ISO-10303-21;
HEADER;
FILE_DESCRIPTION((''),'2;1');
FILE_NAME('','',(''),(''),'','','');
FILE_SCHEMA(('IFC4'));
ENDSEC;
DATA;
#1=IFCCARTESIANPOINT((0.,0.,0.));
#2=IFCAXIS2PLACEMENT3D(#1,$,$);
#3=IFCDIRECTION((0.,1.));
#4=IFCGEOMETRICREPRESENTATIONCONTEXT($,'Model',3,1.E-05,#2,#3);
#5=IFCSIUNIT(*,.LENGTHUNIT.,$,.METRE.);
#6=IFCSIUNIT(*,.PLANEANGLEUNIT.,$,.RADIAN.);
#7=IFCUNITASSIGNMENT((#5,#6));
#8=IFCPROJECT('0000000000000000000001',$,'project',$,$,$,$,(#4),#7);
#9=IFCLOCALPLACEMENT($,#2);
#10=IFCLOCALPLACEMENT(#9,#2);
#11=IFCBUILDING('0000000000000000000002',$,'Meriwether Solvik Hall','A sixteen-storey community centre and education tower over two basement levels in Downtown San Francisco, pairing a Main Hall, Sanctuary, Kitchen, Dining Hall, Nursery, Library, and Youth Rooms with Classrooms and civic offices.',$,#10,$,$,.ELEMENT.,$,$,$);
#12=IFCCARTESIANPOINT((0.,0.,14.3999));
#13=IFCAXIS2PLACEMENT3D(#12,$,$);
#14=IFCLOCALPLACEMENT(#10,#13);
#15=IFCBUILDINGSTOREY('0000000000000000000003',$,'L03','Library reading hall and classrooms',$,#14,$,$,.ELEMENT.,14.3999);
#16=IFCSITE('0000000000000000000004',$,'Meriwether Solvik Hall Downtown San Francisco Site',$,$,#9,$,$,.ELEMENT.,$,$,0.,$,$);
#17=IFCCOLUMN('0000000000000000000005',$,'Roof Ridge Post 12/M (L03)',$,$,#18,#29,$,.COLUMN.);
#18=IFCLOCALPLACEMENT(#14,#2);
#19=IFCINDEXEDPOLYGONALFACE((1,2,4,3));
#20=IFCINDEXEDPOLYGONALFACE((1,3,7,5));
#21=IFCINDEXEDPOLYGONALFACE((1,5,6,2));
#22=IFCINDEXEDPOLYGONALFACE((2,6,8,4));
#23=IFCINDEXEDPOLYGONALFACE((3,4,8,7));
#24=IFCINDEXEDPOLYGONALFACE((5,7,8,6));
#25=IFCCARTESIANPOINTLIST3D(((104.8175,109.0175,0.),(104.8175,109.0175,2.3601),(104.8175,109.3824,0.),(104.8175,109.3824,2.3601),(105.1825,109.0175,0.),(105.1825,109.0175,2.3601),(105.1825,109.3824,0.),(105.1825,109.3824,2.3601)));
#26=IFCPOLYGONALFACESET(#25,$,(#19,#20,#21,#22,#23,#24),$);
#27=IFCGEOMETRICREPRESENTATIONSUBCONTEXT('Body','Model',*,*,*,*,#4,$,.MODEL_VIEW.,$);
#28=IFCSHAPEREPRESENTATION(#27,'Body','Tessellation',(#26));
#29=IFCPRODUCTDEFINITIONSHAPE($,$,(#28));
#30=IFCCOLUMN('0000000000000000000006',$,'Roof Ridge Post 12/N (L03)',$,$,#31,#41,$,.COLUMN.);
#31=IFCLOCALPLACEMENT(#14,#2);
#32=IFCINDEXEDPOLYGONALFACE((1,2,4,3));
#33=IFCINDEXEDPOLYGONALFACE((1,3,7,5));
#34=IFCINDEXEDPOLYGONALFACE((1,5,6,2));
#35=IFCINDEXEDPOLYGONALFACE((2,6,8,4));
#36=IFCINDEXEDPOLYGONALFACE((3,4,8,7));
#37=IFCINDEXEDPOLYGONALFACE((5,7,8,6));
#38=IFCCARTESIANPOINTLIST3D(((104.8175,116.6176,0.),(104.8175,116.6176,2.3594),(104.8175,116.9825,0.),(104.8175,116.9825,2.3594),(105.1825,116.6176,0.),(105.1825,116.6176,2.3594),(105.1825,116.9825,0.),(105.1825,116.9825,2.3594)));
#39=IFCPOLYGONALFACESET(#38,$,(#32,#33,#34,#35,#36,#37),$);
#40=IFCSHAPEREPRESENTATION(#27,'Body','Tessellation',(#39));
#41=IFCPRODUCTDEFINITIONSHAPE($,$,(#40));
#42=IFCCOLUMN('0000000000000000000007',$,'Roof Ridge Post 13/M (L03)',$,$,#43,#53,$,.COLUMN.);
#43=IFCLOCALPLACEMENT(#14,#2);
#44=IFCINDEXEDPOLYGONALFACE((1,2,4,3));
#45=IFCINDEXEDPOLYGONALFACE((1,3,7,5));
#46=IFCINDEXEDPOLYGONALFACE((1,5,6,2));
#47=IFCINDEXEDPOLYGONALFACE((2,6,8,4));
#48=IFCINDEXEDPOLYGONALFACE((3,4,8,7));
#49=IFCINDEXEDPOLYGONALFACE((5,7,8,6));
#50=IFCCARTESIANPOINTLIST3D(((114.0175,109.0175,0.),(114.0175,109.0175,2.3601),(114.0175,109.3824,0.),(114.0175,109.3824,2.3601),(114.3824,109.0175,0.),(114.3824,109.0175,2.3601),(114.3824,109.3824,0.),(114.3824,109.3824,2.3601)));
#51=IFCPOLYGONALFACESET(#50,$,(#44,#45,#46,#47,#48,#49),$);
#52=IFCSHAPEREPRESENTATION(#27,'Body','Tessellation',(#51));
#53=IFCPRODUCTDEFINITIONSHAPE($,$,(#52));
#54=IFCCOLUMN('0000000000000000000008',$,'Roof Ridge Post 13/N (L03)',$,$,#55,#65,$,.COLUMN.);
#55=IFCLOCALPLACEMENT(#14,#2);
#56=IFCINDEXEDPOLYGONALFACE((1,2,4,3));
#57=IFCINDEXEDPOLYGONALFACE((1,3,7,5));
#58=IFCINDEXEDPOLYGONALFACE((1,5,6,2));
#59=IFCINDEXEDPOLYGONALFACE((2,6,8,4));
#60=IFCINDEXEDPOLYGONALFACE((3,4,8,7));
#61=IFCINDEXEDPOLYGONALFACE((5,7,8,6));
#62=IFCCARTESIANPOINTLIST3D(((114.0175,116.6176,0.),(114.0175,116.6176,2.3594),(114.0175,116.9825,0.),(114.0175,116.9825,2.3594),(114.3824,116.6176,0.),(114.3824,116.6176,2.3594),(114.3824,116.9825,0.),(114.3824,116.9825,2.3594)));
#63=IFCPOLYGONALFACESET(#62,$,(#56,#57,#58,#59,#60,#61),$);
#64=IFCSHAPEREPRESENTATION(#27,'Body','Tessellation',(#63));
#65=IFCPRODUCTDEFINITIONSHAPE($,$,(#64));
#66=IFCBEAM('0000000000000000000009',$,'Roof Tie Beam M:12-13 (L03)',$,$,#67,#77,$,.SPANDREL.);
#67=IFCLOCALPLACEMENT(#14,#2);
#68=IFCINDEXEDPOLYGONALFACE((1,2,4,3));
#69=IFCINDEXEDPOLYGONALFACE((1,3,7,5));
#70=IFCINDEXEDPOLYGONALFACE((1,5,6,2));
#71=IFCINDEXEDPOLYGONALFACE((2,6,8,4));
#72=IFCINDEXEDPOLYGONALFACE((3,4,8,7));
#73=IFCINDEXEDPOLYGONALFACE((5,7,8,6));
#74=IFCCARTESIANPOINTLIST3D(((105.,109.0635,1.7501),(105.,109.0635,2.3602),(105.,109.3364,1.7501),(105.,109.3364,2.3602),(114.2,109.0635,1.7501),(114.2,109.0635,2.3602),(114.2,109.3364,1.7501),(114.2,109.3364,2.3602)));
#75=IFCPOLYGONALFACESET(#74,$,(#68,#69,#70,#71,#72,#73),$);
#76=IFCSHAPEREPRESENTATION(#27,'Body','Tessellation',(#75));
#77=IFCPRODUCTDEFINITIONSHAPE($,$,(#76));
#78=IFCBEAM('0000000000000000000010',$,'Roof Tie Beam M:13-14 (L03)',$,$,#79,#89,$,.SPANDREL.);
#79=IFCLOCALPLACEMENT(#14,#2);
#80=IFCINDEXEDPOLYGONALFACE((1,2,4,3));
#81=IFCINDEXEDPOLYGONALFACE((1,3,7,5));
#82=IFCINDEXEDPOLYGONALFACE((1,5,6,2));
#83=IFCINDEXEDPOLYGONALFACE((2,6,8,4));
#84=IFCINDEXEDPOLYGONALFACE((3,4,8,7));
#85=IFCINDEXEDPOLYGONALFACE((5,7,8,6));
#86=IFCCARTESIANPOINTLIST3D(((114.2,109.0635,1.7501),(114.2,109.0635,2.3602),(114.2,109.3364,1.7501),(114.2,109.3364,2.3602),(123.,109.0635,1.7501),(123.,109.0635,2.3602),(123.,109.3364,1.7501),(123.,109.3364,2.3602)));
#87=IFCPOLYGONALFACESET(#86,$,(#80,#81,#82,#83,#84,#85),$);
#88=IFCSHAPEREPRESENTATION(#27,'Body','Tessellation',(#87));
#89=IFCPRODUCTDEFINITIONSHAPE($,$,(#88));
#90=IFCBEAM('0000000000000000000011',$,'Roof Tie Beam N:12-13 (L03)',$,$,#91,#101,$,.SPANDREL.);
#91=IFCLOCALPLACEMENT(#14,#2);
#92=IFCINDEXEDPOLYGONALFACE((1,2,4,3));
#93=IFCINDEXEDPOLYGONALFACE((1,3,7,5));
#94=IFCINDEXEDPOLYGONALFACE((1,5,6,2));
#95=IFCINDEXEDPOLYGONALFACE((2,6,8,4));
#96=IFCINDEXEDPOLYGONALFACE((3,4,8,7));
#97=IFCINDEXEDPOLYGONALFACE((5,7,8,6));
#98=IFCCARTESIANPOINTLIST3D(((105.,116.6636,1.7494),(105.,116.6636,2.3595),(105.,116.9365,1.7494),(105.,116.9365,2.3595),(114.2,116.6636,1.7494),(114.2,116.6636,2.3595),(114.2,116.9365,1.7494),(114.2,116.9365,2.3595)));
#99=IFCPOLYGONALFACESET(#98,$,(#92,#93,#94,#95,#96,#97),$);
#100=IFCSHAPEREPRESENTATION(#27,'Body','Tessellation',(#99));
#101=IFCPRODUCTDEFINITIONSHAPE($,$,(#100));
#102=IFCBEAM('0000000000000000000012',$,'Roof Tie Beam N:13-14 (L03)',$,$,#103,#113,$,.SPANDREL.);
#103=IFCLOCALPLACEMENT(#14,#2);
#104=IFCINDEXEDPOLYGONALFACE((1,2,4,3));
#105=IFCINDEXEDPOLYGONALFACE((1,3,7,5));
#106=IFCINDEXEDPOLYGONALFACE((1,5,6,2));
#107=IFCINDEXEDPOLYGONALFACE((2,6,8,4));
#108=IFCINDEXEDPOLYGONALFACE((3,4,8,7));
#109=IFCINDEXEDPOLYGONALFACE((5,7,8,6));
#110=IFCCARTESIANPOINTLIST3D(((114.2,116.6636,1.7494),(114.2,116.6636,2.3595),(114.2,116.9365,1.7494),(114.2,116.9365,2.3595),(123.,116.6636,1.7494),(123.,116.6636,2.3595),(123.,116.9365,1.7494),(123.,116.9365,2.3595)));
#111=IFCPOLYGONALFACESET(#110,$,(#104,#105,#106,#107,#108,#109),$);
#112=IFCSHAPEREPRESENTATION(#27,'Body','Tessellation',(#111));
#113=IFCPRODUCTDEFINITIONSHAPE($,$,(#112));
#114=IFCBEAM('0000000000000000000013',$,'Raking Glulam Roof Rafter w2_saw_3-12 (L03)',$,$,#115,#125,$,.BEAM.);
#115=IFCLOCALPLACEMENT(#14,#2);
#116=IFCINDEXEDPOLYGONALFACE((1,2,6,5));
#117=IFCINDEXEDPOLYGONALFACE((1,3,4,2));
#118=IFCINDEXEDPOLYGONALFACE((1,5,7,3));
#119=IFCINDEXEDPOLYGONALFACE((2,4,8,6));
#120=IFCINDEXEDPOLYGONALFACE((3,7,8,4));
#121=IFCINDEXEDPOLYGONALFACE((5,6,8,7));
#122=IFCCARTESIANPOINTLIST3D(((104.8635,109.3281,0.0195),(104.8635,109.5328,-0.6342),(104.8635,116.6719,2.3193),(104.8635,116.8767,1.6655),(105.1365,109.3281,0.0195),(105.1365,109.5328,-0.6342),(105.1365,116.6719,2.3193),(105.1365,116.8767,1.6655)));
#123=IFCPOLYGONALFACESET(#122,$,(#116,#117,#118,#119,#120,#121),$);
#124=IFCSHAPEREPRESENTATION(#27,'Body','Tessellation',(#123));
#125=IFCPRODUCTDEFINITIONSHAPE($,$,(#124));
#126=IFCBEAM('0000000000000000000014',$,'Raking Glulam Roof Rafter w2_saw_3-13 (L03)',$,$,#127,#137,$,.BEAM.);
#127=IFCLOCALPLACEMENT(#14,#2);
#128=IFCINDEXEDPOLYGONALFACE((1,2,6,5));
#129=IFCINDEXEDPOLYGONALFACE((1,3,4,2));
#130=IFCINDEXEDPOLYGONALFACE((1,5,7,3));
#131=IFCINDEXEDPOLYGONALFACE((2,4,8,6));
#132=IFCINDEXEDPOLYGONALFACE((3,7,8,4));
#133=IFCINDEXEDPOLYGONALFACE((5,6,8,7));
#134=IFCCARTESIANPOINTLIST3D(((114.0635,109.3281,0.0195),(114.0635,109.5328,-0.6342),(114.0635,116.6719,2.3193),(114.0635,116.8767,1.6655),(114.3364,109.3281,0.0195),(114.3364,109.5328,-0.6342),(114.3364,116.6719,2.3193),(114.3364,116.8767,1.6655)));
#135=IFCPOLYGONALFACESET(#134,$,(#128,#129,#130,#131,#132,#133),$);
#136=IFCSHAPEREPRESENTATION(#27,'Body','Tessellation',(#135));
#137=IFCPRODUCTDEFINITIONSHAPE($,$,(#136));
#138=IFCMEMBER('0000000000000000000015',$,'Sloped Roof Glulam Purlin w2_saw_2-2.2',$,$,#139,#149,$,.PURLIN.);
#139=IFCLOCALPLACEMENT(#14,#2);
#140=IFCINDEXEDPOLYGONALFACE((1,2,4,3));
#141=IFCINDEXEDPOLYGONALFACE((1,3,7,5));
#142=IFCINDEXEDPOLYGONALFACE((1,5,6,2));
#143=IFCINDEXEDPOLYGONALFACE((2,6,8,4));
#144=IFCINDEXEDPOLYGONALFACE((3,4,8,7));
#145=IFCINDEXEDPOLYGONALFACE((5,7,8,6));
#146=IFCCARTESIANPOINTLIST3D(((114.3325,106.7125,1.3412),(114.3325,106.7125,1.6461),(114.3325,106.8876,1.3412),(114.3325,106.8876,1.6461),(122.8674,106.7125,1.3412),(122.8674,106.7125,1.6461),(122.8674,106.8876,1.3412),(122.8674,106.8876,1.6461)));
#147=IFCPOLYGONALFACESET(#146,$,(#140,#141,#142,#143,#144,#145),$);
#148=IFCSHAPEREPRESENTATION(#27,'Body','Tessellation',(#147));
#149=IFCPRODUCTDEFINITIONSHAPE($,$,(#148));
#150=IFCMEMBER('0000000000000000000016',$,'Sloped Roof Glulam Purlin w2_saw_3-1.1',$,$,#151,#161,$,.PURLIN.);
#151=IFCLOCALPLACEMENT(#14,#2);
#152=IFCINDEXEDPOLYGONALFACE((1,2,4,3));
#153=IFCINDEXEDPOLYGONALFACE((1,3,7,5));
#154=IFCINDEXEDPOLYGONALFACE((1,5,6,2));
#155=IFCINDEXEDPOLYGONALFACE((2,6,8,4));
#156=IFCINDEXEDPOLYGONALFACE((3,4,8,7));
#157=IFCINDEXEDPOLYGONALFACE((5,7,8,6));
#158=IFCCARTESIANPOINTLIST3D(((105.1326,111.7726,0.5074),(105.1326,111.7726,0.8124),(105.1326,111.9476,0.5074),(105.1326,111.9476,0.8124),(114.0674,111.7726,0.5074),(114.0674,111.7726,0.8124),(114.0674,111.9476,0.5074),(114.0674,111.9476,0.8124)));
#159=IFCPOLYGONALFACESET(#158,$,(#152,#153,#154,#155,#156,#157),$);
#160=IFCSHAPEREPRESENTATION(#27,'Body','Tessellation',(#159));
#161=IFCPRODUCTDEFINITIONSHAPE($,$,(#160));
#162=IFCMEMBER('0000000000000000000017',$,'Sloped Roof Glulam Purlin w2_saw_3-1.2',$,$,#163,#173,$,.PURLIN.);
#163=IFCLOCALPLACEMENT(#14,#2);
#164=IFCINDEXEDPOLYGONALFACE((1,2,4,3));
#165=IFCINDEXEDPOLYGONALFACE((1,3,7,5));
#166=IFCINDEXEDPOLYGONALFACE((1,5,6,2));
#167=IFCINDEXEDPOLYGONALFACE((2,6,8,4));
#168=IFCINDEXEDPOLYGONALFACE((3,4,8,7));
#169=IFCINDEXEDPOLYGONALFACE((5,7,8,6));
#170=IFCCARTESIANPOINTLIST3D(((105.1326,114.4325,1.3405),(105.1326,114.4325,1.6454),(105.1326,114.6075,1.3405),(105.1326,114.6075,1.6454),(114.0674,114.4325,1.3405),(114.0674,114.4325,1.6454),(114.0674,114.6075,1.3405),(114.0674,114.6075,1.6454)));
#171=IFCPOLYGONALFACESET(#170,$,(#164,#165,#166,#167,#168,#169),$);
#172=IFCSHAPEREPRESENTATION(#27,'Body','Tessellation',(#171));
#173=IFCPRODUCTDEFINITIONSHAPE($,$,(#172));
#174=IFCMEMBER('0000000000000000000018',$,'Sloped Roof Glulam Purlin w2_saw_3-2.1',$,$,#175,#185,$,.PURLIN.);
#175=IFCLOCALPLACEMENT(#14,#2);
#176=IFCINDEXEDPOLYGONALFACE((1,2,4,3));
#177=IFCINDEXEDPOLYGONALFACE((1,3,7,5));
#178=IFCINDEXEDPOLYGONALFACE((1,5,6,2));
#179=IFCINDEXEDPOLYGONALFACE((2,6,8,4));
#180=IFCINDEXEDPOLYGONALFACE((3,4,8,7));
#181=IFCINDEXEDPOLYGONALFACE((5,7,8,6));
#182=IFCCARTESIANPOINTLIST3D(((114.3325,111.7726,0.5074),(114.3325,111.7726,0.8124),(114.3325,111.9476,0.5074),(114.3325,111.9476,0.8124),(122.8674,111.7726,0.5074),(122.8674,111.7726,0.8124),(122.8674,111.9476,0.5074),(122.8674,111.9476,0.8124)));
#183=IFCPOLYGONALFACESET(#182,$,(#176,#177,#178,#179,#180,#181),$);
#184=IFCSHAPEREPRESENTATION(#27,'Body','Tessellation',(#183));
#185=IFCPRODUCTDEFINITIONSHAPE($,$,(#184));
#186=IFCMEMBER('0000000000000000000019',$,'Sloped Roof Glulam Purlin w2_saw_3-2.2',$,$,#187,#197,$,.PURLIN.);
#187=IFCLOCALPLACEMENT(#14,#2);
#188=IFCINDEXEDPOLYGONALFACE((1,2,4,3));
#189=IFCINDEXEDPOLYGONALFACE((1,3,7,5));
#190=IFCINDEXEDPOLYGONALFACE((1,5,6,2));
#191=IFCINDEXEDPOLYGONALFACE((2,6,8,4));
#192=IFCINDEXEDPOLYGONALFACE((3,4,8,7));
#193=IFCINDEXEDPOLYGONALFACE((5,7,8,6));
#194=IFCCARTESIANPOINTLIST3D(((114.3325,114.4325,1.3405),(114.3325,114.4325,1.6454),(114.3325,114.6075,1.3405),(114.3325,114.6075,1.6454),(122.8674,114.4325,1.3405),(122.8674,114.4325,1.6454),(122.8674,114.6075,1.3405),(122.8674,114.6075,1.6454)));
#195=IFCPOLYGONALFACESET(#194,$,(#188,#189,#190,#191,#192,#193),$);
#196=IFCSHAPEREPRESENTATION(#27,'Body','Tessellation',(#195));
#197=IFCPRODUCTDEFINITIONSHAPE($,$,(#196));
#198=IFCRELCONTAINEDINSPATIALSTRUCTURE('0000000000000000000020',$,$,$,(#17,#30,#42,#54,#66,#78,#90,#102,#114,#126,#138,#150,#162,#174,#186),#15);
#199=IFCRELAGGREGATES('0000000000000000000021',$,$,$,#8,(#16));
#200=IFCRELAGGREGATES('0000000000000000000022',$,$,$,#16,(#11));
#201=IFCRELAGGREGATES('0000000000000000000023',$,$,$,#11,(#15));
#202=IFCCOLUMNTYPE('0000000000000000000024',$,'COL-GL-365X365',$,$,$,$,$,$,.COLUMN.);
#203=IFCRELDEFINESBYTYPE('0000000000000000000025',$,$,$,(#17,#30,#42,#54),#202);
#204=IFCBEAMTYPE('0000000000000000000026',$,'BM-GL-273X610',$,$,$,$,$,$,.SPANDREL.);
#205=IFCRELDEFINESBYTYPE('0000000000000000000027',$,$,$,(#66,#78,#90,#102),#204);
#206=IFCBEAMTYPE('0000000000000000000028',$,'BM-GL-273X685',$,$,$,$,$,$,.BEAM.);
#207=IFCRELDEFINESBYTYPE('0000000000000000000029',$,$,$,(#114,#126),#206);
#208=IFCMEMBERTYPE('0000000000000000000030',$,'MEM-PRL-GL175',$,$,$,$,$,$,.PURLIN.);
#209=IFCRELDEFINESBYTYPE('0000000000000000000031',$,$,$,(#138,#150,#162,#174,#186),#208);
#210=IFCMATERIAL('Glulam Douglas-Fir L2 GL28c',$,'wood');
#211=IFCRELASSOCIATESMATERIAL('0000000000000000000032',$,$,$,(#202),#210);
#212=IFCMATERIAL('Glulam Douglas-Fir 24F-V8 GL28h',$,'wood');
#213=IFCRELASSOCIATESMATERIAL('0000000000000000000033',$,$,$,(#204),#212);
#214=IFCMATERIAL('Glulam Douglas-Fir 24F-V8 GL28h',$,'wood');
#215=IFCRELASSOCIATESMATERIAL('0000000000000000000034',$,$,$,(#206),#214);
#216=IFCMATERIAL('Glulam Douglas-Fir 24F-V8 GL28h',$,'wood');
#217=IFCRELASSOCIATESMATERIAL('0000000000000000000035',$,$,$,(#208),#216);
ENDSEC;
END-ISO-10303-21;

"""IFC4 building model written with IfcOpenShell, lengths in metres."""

from ifc_helpers import new_model, si_unit, direction, frame, origin, origin_2d, place, context, subcontext, project, spatial, rectangle, extrude, material, material_profile, profile_set, type_object, element, save


model = new_model("IFC4")

# Units and contexts
model_context = context("Model", 3, precision=1e-05, world=origin(), true_north=direction((0.0, 1.0)))
body_context = subcontext(model_context, "Body", "Model", "MODEL_VIEW")
ifc_project = project(units=[si_unit("LENGTHUNIT", "METRE"), si_unit("PLANEANGLEUNIT", "RADIAN")], contexts=[model_context])

# Site, building, storey
site_placement = place(None, origin())
site = spatial("IfcSite", under=ifc_project, at=site_placement, Name="Meriwether Solvik Hall Downtown San Francisco Site", CompositionType="ELEMENT", RefElevation=0.0)
building_placement = place(site_placement, origin())
building = spatial("IfcBuilding", under=site, at=building_placement, Name="Meriwether Solvik Hall", Description="A sixteen-storey community centre and education tower over two basement levels in Downtown San Francisco, pairing a Main Hall, Sanctuary, Kitchen, Dining Hall, Nursery, Library, and Youth Rooms with Classrooms and civic offices.", CompositionType="ELEMENT")
storey_placement = place(building_placement, frame((0.0, 0.0, 14.3999)))
storey = spatial("IfcBuildingStorey", under=building, at=storey_placement, Name="L03", Description="Library reading hall and classrooms", CompositionType="ELEMENT", Elevation=14.3999)

# Columns
ifc_material_1 = material(Name="Glulam Douglas-Fir L2 GL28c", Category="wood")
ifc_material_profile_1 = material_profile(ifc_material_1, rectangle(XDim=0.365, YDim=0.365, at=origin_2d()), Name="GLC-365X365")
ifc_profile_set_1 = profile_set([ifc_material_profile_1], Name="Glulam Douglas-Fir L2 GL28c")
column_type = type_object("IfcColumnType", Name="COL-GL-365X365", PredefinedType="COLUMN", material=ifc_profile_set_1)
column_1_placement = place(storey_placement, frame((105.0, 109.2, 0.0), z_axis=(0.0, 0.0, 1.0), x_axis=(1.0, 0.0, 0.0)))
element("IfcColumn", 1, at=column_1_placement, inside=storey, type_object=column_type, Name="Roof Ridge Post 12/M (L03)", PredefinedType="COLUMN", context=body_context, shape_type="SweptSolid", body=[
    extrude(rectangle(XDim=0.365, YDim=0.365, at=origin_2d()), origin(), (0.0, 0.0, 1.0), 2.3601),
])
column_2_placement = place(storey_placement, frame((105.0, 116.8, 0.0), z_axis=(0.0, 0.0, 1.0), x_axis=(1.0, 0.0, 0.0)))
element("IfcColumn", 2, at=column_2_placement, inside=storey, type_object=column_type, Name="Roof Ridge Post 12/N (L03)", PredefinedType="COLUMN", context=body_context, shape_type="SweptSolid", body=[
    extrude(rectangle(XDim=0.365, YDim=0.365, at=origin_2d()), origin(), (0.0, 0.0, 1.0), 2.3594),
])
column_3_placement = place(storey_placement, frame((114.2, 109.2, 0.0), z_axis=(0.0, 0.0, 1.0), x_axis=(1.0, 0.0, 0.0)))
element("IfcColumn", 3, at=column_3_placement, inside=storey, type_object=column_type, Name="Roof Ridge Post 13/M (L03)", PredefinedType="COLUMN", context=body_context, shape_type="SweptSolid", body=[
    extrude(rectangle(XDim=0.365, YDim=0.365, at=origin_2d()), origin(), (0.0, 0.0, 1.0), 2.3601),
])
column_4_placement = place(storey_placement, frame((114.2, 116.8, 0.0), z_axis=(0.0, 0.0, 1.0), x_axis=(1.0, 0.0, 0.0)))
element("IfcColumn", 4, at=column_4_placement, inside=storey, type_object=column_type, Name="Roof Ridge Post 13/N (L03)", PredefinedType="COLUMN", context=body_context, shape_type="SweptSolid", body=[
    extrude(rectangle(XDim=0.365, YDim=0.365, at=origin_2d()), origin(), (0.0, 0.0, 1.0), 2.3594),
])

# Beams
ifc_material_2 = material(Name="Glulam Douglas-Fir 24F-V8 GL28h", Category="wood")
ifc_material_profile_2 = material_profile(ifc_material_2, rectangle(XDim=0.2729, YDim=0.6101, at=origin_2d()), Name="GLB-273X610")
ifc_profile_set_2 = profile_set([ifc_material_profile_2], Name="Glulam Douglas-Fir 24F-V8 GL28h")
beam_type_1 = type_object("IfcBeamType", Name="BM-GL-273X610", PredefinedType="SPANDREL", material=ifc_profile_set_2)
beam_1_placement = place(storey_placement, frame((105.0, 109.2, 2.0552), z_axis=(1.0, 0.0, 0.0), x_axis=(0.0, 1.0, 0.0)))
element("IfcBeam", 5, at=beam_1_placement, inside=storey, type_object=beam_type_1, Name="Roof Tie Beam M:12-13 (L03)", PredefinedType="SPANDREL", context=body_context, shape_type="SweptSolid", body=[
    extrude(rectangle(XDim=0.2729, YDim=0.6101, at=origin_2d()), origin(), (0.0, 0.0, 1.0), 9.2),
])
beam_2_placement = place(storey_placement, frame((114.2, 109.2, 2.0552), z_axis=(1.0, 0.0, 0.0), x_axis=(0.0, 1.0, 0.0)))
element("IfcBeam", 6, at=beam_2_placement, inside=storey, type_object=beam_type_1, Name="Roof Tie Beam M:13-14 (L03)", PredefinedType="SPANDREL", context=body_context, shape_type="SweptSolid", body=[
    extrude(rectangle(XDim=0.2729, YDim=0.6101, at=origin_2d()), origin(), (0.0, 0.0, 1.0), 8.8),
])
beam_3_placement = place(storey_placement, frame((105.0, 116.8, 2.0544), z_axis=(1.0, 0.0, 0.0), x_axis=(0.0, 1.0, 0.0)))
element("IfcBeam", 7, at=beam_3_placement, inside=storey, type_object=beam_type_1, Name="Roof Tie Beam N:12-13 (L03)", PredefinedType="SPANDREL", context=body_context, shape_type="SweptSolid", body=[
    extrude(rectangle(XDim=0.2729, YDim=0.6101, at=origin_2d()), origin(), (0.0, 0.0, 1.0), 9.2),
])
beam_4_placement = place(storey_placement, frame((114.2, 116.8, 2.0544), z_axis=(1.0, 0.0, 0.0), x_axis=(0.0, 1.0, 0.0)))
element("IfcBeam", 8, at=beam_4_placement, inside=storey, type_object=beam_type_1, Name="Roof Tie Beam N:13-14 (L03)", PredefinedType="SPANDREL", context=body_context, shape_type="SweptSolid", body=[
    extrude(rectangle(XDim=0.2729, YDim=0.6101, at=origin_2d()), origin(), (0.0, 0.0, 1.0), 8.8),
])
ifc_material_3 = material(Name="Glulam Douglas-Fir 24F-V8 GL28h", Category="wood")
ifc_material_profile_3 = material_profile(ifc_material_3, rectangle(XDim=0.2729, YDim=0.6851, at=origin_2d()), Name="GLB-273X685")
ifc_profile_set_3 = profile_set([ifc_material_profile_3], Name="Glulam Douglas-Fir 24F-V8 GL28h")
beam_type_2 = type_object("IfcBeamType", Name="BM-GL-273X685", PredefinedType="BEAM", material=ifc_profile_set_3)
for number, where, z_axis, x_axis, name in (
    (9, (105.0, 109.4304, -0.3074), (0.0, 0.954302, 0.298844), (-1.0, 0.0, 0.0), "Raking Glulam Roof Rafter w2_saw_3-12 (L03)"),
    (10, (114.2, 109.4304, -0.3074), (0.0, 0.954302, 0.298844), (-1.0, 0.0, 0.0), "Raking Glulam Roof Rafter w2_saw_3-13 (L03)"),
):
    element("IfcBeam", number, at=place(storey_placement, frame(where, z_axis=z_axis, x_axis=x_axis)), inside=storey, type_object=beam_type_2, Name=name, PredefinedType="BEAM", context=body_context, shape_type="SweptSolid", body=[
        extrude(rectangle(XDim=0.2729, YDim=0.6851, at=origin_2d()), origin(), (0.0, 0.0, 1.0), 7.6956),
    ])

# Members
ifc_material_4 = material(Name="Glulam Douglas-Fir 24F-V8 GL28h", Category="wood")
ifc_material_profile_4 = material_profile(ifc_material_4, rectangle(XDim=0.175, YDim=0.3049, at=origin_2d()), Name="GLM-175X305")
ifc_profile_set_4 = profile_set([ifc_material_profile_4], Name="Glulam Douglas-Fir 24F-V8 GL28h")
member_type = type_object("IfcMemberType", Name="MEM-PRL-GL175", PredefinedType="PURLIN", material=ifc_profile_set_4)
member_placement = place(storey_placement, frame((114.3325, 106.8, 1.4937), z_axis=(1.0, 0.0, 0.0), x_axis=(0.0, 1.0, 0.0)))
element("IfcMember", 11, at=member_placement, inside=storey, type_object=member_type, Name="Sloped Roof Glulam Purlin w2_saw_2-2.2", PredefinedType="PURLIN", context=body_context, shape_type="SweptSolid", body=[
    extrude(rectangle(XDim=0.175, YDim=0.3049, at=origin_2d()), origin(), (0.0, 0.0, 1.0), 8.5349),
])
for number, where, z_axis, x_axis, name in (
    (12, (105.1326, 111.8601, 0.6599), (1.0, 0.0, 0.0), (0.0, 1.0, 0.0), "Sloped Roof Glulam Purlin w2_saw_3-1.1"),
    (13, (105.1326, 114.52, 1.4929), (1.0, 0.0, 0.0), (0.0, 1.0, 0.0), "Sloped Roof Glulam Purlin w2_saw_3-1.2"),
):
    element("IfcMember", number, at=place(storey_placement, frame(where, z_axis=z_axis, x_axis=x_axis)), inside=storey, type_object=member_type, Name=name, PredefinedType="PURLIN", context=body_context, shape_type="SweptSolid", body=[
        extrude(rectangle(XDim=0.175, YDim=0.3049, at=origin_2d()), origin(), (0.0, 0.0, 1.0), 8.9348),
    ])
for number, where, z_axis, x_axis, name in (
    (14, (114.3325, 111.8601, 0.6599), (1.0, 0.0, 0.0), (0.0, 1.0, 0.0), "Sloped Roof Glulam Purlin w2_saw_3-2.1"),
    (15, (114.3325, 114.52, 1.4929), (1.0, 0.0, 0.0), (0.0, 1.0, 0.0), "Sloped Roof Glulam Purlin w2_saw_3-2.2"),
):
    element("IfcMember", number, at=place(storey_placement, frame(where, z_axis=z_axis, x_axis=x_axis)), inside=storey, type_object=member_type, Name=name, PredefinedType="PURLIN", context=body_context, shape_type="SweptSolid", body=[
        extrude(rectangle(XDim=0.175, YDim=0.3049, at=origin_2d()), origin(), (0.0, 0.0, 1.0), 8.5349),
    ])

save(model, "model.ifc")
